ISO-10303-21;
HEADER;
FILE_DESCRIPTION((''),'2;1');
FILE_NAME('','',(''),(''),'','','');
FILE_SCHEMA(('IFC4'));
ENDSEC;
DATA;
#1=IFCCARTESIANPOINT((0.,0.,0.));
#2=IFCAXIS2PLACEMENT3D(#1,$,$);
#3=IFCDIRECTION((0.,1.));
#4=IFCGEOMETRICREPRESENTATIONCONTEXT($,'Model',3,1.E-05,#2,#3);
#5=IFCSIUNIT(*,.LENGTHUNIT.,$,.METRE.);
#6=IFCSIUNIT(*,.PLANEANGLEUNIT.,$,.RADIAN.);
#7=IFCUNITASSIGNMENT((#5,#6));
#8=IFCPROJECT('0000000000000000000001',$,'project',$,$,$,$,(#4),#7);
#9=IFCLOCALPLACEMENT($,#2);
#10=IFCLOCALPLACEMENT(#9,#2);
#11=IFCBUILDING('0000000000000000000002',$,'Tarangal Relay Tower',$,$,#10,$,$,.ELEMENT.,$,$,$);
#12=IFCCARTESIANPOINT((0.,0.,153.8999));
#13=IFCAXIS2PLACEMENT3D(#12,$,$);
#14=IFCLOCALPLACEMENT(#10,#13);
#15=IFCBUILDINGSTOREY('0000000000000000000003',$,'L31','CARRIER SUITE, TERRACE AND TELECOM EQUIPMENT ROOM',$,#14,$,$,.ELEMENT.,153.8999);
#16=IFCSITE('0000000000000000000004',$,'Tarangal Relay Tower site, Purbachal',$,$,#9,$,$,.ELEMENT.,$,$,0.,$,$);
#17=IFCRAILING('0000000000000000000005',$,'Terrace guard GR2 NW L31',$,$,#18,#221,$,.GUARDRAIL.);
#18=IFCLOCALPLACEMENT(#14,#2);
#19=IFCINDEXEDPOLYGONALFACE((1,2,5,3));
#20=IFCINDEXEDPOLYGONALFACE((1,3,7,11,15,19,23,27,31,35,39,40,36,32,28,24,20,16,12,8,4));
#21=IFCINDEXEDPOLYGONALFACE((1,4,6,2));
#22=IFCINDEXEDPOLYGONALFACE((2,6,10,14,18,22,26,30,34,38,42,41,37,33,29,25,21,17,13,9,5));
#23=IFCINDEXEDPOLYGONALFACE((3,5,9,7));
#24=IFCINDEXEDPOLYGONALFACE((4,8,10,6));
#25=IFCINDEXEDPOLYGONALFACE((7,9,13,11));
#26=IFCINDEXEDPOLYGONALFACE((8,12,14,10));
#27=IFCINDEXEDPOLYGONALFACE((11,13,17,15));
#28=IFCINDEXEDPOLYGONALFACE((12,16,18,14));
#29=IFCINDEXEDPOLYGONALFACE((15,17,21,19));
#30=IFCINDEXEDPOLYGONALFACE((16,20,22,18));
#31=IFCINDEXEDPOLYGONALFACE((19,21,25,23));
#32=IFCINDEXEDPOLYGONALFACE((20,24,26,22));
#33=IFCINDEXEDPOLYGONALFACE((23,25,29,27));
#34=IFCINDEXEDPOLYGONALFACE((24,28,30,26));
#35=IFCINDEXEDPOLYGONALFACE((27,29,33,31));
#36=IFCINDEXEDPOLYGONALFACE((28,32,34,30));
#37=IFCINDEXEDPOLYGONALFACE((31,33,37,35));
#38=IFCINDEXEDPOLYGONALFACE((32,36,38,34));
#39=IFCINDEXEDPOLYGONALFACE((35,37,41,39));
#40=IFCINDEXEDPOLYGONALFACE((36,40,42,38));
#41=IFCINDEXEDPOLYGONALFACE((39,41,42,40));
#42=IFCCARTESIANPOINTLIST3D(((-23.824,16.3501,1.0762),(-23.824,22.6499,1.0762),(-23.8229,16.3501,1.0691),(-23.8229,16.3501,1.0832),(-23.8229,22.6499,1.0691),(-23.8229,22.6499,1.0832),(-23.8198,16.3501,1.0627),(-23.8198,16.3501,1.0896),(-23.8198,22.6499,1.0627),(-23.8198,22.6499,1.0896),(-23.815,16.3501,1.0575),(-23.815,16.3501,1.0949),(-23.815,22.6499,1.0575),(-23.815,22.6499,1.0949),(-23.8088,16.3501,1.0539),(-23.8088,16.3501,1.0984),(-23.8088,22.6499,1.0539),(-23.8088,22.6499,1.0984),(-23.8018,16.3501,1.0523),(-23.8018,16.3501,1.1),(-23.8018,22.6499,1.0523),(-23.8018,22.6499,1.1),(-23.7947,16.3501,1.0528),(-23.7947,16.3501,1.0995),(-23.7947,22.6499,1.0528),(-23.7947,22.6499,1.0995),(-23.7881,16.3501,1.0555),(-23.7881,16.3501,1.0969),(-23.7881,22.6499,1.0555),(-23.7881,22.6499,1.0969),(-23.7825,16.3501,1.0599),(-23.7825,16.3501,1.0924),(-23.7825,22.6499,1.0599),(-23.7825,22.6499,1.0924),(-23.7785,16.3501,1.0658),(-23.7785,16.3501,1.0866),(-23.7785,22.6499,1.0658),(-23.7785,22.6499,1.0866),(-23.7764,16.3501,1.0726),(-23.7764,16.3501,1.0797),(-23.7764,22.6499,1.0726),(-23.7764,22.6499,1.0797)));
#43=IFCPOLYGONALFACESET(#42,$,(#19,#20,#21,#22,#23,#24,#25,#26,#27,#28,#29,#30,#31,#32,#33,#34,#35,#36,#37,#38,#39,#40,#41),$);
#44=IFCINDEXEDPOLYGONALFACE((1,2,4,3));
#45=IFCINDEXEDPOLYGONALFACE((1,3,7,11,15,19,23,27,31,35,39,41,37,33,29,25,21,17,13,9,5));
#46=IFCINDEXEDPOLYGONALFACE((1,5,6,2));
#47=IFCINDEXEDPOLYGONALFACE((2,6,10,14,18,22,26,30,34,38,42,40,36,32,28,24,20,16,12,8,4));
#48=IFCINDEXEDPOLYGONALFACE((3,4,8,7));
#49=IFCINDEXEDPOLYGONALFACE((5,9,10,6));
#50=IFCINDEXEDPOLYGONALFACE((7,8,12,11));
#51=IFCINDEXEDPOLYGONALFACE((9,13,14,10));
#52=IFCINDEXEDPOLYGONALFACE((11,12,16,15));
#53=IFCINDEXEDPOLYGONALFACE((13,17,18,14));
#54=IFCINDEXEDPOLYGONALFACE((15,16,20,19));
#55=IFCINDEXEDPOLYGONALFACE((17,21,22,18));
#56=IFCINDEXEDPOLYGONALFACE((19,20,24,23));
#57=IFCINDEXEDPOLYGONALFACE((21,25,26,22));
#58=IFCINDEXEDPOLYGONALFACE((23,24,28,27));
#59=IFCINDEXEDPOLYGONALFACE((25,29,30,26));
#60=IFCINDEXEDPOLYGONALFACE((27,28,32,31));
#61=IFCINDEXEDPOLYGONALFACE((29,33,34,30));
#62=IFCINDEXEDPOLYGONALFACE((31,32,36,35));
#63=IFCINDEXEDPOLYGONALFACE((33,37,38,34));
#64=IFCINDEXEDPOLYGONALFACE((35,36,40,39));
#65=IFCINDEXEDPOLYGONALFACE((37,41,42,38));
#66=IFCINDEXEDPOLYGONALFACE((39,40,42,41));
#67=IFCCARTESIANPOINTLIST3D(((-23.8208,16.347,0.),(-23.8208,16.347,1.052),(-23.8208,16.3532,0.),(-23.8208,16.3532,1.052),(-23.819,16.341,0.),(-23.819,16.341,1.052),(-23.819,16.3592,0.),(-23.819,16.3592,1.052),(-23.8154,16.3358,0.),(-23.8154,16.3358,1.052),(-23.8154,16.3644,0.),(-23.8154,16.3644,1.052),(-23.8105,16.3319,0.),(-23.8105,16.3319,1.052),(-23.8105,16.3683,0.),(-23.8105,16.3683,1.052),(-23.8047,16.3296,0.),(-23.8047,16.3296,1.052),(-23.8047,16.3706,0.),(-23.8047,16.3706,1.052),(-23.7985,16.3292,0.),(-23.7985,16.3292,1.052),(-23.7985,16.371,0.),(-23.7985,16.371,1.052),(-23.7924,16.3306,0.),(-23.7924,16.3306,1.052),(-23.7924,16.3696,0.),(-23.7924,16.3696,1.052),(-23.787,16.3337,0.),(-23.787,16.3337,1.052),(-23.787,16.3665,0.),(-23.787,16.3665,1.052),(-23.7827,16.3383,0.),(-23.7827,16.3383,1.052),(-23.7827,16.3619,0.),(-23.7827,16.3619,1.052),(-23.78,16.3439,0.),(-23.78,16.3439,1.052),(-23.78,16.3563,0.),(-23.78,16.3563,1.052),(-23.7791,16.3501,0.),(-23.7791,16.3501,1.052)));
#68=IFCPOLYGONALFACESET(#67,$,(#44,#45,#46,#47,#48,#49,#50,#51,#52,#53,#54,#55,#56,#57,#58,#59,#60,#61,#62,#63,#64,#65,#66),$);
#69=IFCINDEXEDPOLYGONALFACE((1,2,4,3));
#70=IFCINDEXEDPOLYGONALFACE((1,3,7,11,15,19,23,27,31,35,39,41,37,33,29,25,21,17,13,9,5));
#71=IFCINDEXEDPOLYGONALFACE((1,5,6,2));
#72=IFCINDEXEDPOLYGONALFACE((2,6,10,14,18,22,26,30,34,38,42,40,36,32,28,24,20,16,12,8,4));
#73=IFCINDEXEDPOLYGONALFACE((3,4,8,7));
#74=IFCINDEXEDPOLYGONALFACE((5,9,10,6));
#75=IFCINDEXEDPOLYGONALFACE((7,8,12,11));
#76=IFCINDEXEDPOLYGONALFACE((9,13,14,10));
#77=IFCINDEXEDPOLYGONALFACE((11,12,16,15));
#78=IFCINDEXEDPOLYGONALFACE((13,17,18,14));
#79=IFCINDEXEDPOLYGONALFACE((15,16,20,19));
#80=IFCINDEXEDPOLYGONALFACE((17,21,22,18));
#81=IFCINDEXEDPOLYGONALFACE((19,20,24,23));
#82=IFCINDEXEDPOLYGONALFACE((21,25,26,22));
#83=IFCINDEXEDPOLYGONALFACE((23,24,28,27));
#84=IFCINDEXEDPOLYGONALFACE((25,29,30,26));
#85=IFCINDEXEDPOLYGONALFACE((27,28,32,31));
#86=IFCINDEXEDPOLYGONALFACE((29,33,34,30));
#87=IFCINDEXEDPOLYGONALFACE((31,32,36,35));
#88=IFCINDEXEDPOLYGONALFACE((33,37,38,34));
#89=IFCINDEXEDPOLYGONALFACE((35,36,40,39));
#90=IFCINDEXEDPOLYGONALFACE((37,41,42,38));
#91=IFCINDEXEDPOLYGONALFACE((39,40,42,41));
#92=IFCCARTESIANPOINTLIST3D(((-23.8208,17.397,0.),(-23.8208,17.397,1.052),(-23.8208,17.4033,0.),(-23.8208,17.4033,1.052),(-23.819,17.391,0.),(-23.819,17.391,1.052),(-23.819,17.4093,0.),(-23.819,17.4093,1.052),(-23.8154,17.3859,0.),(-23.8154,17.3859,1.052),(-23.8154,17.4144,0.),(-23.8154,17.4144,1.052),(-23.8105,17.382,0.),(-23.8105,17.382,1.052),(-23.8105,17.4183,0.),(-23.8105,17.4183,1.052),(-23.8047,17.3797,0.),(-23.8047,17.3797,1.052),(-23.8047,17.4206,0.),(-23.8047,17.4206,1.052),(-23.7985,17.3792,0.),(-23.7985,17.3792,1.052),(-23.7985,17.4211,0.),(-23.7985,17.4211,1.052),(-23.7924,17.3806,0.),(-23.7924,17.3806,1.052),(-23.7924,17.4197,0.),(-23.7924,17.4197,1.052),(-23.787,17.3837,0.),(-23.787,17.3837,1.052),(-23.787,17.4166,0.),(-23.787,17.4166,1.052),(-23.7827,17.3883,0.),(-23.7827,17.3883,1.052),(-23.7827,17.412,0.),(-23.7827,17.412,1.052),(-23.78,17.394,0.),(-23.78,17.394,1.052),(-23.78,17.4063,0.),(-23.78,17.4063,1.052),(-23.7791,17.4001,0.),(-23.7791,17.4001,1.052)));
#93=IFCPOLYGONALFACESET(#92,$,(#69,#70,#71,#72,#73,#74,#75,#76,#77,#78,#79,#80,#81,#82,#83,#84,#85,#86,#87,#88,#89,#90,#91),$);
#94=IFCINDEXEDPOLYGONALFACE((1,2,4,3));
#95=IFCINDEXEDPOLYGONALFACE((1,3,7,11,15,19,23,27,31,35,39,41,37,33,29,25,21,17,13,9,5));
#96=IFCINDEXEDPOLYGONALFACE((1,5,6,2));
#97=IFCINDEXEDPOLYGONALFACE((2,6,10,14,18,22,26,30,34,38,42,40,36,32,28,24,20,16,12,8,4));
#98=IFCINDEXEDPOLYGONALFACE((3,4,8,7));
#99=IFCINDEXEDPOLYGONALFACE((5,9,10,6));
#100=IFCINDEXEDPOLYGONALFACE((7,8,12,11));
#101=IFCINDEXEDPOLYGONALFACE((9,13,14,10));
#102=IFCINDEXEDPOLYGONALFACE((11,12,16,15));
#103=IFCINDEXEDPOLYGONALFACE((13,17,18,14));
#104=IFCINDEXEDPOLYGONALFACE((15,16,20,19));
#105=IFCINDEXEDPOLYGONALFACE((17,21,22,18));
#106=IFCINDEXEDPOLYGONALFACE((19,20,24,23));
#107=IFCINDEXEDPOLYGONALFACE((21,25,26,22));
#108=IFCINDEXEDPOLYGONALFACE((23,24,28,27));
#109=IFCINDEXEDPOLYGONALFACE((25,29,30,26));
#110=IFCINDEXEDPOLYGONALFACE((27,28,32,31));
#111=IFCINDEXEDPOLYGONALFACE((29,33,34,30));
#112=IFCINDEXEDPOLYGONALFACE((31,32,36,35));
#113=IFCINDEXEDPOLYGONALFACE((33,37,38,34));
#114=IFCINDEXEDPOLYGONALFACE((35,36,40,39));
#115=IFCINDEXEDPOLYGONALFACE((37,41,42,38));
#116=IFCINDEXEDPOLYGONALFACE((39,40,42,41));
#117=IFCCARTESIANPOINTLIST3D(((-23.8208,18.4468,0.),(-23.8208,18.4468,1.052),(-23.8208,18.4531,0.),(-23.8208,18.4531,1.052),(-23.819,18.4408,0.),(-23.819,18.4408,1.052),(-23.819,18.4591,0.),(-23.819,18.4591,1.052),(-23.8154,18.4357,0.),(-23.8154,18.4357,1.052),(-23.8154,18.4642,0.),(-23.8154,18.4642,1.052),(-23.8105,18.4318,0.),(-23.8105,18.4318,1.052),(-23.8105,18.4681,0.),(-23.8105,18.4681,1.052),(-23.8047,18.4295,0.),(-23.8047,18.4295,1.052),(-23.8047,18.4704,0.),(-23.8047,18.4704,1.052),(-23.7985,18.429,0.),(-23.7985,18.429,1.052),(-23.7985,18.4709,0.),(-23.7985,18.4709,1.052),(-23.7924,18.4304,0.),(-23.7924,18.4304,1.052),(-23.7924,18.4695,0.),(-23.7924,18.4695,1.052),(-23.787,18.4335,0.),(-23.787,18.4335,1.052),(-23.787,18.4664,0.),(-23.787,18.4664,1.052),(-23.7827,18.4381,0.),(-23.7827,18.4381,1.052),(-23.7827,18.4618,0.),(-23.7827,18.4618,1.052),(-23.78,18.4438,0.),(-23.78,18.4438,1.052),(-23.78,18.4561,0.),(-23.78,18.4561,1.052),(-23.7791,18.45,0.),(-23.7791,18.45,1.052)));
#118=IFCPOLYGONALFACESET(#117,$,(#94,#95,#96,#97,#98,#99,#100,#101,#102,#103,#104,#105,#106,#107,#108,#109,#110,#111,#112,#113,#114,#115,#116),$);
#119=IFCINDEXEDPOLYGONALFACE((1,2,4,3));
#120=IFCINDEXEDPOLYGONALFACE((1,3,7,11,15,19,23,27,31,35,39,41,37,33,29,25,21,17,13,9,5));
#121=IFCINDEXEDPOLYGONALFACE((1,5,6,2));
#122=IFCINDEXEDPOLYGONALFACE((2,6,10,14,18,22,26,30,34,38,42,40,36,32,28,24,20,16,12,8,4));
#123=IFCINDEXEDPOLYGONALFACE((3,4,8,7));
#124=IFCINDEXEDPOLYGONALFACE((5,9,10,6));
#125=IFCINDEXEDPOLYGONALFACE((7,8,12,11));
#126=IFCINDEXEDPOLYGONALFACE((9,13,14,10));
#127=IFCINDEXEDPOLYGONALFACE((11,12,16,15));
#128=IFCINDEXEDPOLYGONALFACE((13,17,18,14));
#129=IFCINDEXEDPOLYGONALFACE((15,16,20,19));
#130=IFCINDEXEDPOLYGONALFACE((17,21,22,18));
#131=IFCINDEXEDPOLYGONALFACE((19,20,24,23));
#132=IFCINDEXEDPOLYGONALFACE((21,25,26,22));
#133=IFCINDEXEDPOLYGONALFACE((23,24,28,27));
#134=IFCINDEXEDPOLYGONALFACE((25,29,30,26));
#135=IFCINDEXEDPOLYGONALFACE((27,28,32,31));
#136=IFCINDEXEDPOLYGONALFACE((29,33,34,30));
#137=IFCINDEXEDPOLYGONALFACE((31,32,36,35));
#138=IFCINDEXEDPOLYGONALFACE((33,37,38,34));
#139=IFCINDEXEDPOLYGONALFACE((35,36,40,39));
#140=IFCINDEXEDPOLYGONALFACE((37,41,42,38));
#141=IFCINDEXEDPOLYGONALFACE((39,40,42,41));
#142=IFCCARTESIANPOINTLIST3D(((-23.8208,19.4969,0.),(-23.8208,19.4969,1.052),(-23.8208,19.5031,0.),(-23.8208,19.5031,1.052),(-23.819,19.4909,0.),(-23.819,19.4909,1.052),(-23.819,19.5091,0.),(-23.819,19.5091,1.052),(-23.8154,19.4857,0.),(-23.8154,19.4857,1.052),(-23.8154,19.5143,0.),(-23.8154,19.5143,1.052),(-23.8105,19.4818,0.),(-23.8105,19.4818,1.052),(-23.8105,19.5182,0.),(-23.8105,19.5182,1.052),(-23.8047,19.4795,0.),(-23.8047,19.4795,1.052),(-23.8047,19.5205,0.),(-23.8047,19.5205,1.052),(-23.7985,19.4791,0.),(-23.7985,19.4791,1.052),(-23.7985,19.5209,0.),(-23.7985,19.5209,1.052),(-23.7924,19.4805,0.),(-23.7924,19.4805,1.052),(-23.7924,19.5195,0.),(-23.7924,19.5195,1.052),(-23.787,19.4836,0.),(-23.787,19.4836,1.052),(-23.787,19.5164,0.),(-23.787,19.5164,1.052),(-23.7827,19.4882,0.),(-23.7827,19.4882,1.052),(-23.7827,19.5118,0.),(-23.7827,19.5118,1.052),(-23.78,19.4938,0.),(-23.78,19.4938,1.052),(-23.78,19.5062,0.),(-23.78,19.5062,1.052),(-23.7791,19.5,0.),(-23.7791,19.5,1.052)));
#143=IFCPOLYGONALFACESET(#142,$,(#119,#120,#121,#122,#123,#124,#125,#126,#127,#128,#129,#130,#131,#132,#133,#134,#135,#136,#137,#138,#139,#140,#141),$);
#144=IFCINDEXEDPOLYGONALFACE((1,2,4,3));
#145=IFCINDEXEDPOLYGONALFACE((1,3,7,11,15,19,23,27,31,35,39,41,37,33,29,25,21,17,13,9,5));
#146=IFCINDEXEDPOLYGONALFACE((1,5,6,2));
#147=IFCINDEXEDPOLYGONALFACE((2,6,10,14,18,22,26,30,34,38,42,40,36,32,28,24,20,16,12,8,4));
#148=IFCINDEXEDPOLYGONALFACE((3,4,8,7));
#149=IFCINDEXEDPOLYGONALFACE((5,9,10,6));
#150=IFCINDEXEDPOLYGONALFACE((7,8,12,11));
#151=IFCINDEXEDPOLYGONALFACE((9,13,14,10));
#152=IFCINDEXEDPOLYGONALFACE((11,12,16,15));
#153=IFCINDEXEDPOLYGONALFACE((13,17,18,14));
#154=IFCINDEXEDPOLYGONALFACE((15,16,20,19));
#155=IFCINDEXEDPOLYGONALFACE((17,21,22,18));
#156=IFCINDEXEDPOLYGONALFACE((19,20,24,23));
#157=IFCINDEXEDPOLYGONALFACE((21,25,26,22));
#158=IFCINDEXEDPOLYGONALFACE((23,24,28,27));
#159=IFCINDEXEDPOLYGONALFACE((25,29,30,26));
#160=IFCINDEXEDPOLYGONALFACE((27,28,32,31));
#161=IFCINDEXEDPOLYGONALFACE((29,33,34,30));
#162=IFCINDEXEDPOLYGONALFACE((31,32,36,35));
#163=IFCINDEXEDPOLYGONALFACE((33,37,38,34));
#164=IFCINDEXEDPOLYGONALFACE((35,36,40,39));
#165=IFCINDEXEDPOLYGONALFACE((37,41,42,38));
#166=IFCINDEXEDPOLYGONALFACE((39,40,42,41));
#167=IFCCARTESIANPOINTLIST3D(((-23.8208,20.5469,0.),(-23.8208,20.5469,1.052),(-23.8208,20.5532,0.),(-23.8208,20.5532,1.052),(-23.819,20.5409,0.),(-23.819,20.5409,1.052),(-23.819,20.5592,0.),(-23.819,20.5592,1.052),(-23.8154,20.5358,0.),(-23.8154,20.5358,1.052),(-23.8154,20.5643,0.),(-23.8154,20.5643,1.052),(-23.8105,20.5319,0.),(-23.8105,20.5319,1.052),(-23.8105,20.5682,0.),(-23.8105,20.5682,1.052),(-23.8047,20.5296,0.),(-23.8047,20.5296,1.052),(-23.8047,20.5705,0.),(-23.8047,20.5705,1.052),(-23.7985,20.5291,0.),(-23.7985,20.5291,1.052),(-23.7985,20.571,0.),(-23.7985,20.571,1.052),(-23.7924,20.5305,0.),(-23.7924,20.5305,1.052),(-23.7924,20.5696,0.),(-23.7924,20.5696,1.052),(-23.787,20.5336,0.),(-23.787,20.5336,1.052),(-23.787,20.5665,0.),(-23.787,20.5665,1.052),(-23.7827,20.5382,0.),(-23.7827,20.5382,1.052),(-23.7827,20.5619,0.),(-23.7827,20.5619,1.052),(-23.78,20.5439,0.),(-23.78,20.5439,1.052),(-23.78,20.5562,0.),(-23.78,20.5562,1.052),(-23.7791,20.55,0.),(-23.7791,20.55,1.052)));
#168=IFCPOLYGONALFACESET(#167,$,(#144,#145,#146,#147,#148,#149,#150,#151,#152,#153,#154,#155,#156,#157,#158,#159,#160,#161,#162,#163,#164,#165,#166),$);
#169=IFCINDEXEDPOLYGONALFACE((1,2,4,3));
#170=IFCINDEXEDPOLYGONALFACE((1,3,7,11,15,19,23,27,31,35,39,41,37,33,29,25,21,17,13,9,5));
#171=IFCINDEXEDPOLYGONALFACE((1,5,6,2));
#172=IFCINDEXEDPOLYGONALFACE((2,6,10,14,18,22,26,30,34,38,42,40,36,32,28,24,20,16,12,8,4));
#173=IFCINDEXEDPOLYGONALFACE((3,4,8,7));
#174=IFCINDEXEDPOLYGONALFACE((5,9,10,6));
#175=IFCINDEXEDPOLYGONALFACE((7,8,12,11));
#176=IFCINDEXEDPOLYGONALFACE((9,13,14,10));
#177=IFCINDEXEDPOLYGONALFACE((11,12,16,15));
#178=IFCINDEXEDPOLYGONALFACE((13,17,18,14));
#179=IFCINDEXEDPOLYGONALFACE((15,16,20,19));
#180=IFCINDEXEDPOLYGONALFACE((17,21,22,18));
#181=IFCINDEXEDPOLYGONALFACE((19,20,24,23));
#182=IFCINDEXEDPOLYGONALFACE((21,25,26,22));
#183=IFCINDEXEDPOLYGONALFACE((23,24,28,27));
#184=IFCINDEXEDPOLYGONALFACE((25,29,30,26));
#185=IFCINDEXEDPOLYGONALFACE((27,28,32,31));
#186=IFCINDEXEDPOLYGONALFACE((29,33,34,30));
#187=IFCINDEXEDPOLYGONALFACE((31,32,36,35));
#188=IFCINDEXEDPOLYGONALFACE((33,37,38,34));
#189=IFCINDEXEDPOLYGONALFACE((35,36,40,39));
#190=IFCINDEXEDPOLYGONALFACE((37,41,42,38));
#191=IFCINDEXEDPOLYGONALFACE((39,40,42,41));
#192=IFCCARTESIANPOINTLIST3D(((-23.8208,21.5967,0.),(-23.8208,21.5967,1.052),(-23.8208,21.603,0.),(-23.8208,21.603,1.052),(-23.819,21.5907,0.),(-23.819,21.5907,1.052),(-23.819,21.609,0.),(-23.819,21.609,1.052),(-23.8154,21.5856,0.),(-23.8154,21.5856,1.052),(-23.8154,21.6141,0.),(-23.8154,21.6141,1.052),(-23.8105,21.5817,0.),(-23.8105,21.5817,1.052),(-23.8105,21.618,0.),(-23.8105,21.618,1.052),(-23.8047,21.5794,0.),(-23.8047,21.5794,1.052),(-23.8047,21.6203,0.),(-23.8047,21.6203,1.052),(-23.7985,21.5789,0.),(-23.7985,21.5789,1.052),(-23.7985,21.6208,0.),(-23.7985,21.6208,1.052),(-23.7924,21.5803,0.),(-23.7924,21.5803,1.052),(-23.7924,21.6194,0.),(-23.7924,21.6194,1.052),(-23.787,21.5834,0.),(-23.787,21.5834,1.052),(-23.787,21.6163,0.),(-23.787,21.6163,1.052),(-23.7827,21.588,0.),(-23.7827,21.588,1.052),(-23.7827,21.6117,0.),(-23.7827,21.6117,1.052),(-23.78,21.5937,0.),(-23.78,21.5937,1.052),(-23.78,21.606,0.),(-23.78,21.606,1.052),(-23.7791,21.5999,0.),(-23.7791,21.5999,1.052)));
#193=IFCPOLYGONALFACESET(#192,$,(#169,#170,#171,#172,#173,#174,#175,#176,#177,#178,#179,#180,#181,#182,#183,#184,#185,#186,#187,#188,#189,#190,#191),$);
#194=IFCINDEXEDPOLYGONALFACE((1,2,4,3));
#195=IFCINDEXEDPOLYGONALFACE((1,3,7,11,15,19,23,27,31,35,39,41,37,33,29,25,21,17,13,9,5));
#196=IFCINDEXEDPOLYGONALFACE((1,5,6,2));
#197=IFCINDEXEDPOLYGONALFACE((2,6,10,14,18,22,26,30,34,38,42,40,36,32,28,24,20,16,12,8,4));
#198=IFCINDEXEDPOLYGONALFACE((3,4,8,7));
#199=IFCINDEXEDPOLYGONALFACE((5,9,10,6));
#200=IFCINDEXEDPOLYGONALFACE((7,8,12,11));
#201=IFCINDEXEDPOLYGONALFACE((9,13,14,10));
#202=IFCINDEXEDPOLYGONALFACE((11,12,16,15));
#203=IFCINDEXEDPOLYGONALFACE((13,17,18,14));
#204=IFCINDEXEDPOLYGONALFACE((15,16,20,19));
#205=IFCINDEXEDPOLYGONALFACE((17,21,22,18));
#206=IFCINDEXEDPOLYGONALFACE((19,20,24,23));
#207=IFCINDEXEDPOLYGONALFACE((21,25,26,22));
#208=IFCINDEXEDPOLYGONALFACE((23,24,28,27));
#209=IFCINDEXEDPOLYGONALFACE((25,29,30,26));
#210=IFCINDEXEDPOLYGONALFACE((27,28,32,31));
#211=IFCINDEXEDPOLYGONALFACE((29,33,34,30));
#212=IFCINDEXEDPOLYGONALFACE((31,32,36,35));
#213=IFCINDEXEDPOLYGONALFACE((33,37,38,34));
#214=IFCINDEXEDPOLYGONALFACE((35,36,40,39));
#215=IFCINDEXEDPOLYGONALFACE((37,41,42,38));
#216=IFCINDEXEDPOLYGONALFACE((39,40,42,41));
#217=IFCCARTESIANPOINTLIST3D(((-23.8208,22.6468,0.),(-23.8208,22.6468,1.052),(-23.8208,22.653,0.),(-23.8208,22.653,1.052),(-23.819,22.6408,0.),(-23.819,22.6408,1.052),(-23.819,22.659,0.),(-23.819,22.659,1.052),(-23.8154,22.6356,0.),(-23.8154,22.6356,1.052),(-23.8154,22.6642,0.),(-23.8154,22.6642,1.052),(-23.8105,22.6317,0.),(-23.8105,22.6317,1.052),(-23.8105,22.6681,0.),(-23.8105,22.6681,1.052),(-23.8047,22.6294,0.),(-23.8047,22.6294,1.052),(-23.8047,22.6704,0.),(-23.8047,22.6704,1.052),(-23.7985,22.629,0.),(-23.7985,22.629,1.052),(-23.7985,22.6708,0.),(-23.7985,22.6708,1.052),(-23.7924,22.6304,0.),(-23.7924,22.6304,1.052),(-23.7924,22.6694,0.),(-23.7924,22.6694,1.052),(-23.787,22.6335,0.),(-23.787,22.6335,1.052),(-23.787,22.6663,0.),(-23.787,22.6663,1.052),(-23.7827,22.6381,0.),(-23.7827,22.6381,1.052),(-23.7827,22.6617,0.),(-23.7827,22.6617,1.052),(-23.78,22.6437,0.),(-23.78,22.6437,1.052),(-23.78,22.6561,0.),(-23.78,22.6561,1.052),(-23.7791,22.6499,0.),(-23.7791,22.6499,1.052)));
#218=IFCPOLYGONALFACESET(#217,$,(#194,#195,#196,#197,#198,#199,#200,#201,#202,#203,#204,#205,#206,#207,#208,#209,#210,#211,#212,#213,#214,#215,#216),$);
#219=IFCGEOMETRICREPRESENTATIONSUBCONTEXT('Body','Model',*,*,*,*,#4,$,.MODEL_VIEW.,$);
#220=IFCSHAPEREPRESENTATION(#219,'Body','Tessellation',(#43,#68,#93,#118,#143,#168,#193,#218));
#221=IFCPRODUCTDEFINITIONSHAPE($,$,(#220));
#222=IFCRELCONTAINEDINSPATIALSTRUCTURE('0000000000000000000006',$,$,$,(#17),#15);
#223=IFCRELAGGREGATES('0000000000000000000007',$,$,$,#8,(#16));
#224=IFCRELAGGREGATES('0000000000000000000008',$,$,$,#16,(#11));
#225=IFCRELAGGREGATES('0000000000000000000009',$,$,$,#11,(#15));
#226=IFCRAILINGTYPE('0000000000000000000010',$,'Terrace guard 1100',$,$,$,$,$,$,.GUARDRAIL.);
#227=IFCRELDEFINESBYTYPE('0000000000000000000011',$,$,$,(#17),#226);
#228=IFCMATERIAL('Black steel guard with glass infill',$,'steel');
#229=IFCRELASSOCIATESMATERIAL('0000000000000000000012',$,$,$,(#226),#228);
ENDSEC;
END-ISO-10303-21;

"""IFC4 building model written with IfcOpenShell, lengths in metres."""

from ifc_helpers import new_model, si_unit, direction, frame, origin, origin_2d, place, context, subcontext, project, spatial, circle, extrude, material, type_object, element, save


model = new_model("IFC4")

# Units and contexts
model_context = context("Model", 3, precision=1e-05, world=origin(), true_north=direction((0.0, 1.0)))
body_context = subcontext(model_context, "Body", "Model", "MODEL_VIEW")
ifc_project = project(units=[si_unit("LENGTHUNIT", "METRE"), si_unit("PLANEANGLEUNIT", "RADIAN")], contexts=[model_context])

# Site, building, storey
site_placement = place(None, origin())
site = spatial("IfcSite", under=ifc_project, at=site_placement, Name="Tarangal Relay Tower site, Purbachal", CompositionType="ELEMENT", RefElevation=0.0)
building_placement = place(site_placement, origin())
building = spatial("IfcBuilding", under=site, at=building_placement, Name="Tarangal Relay Tower", CompositionType="ELEMENT")
storey_placement = place(building_placement, frame((0.0, 0.0, 153.8999)))
storey = spatial("IfcBuildingStorey", under=building, at=storey_placement, Name="L31", Description="CARRIER SUITE, TERRACE AND TELECOM EQUIPMENT ROOM", CompositionType="ELEMENT", Elevation=153.8999)

# Railing
ifc_material_1 = material(Name="Black steel guard with glass infill", Category="steel")
railing_type = type_object("IfcRailingType", Name="Terrace guard 1100", PredefinedType="GUARDRAIL", material=ifc_material_1)
railing_1_placement = place(storey_placement, frame((-23.8, 16.3501, 0.0)))
element("IfcRailing", 1, at=railing_1_placement, inside=storey, type_object=railing_type, Name="Terrace guard GR2 NW L31", PredefinedType="GUARDRAIL", context=body_context, shape_type="SweptSolid", body=[
    extrude(circle(Radius=0.0239, at=origin_2d()), frame((0.0, 0.0, 1.0762), z_axis=(0.0, 1.0, 0.0), x_axis=(-1.0, 0.0, 0.0)), (0.0, 0.0, 1.0), 6.2998),
    extrude(circle(Radius=0.021, at=origin_2d()), origin(), (0.0, 0.0, 1.0), 1.052),
    extrude(circle(Radius=0.021, at=origin_2d()), frame((0.0, 1.05, 0.0)), (0.0, 0.0, 1.0), 1.052),
    extrude(circle(Radius=0.021, at=origin_2d()), frame((0.0, 2.0999, 0.0)), (0.0, 0.0, 1.0), 1.052),
    extrude(circle(Radius=0.021, at=origin_2d()), frame((0.0, 3.1499, 0.0)), (0.0, 0.0, 1.0), 1.052),
    extrude(circle(Radius=0.021, at=origin_2d()), frame((0.0, 4.2, 0.0)), (0.0, 0.0, 1.0), 1.052),
    extrude(circle(Radius=0.021, at=origin_2d()), frame((0.0, 5.2498, 0.0)), (0.0, 0.0, 1.0), 1.052),
    extrude(circle(Radius=0.021, at=origin_2d()), frame((0.0, 6.2998, 0.0)), (0.0, 0.0, 1.0), 1.052),
])

save(model, "model.ifc")
